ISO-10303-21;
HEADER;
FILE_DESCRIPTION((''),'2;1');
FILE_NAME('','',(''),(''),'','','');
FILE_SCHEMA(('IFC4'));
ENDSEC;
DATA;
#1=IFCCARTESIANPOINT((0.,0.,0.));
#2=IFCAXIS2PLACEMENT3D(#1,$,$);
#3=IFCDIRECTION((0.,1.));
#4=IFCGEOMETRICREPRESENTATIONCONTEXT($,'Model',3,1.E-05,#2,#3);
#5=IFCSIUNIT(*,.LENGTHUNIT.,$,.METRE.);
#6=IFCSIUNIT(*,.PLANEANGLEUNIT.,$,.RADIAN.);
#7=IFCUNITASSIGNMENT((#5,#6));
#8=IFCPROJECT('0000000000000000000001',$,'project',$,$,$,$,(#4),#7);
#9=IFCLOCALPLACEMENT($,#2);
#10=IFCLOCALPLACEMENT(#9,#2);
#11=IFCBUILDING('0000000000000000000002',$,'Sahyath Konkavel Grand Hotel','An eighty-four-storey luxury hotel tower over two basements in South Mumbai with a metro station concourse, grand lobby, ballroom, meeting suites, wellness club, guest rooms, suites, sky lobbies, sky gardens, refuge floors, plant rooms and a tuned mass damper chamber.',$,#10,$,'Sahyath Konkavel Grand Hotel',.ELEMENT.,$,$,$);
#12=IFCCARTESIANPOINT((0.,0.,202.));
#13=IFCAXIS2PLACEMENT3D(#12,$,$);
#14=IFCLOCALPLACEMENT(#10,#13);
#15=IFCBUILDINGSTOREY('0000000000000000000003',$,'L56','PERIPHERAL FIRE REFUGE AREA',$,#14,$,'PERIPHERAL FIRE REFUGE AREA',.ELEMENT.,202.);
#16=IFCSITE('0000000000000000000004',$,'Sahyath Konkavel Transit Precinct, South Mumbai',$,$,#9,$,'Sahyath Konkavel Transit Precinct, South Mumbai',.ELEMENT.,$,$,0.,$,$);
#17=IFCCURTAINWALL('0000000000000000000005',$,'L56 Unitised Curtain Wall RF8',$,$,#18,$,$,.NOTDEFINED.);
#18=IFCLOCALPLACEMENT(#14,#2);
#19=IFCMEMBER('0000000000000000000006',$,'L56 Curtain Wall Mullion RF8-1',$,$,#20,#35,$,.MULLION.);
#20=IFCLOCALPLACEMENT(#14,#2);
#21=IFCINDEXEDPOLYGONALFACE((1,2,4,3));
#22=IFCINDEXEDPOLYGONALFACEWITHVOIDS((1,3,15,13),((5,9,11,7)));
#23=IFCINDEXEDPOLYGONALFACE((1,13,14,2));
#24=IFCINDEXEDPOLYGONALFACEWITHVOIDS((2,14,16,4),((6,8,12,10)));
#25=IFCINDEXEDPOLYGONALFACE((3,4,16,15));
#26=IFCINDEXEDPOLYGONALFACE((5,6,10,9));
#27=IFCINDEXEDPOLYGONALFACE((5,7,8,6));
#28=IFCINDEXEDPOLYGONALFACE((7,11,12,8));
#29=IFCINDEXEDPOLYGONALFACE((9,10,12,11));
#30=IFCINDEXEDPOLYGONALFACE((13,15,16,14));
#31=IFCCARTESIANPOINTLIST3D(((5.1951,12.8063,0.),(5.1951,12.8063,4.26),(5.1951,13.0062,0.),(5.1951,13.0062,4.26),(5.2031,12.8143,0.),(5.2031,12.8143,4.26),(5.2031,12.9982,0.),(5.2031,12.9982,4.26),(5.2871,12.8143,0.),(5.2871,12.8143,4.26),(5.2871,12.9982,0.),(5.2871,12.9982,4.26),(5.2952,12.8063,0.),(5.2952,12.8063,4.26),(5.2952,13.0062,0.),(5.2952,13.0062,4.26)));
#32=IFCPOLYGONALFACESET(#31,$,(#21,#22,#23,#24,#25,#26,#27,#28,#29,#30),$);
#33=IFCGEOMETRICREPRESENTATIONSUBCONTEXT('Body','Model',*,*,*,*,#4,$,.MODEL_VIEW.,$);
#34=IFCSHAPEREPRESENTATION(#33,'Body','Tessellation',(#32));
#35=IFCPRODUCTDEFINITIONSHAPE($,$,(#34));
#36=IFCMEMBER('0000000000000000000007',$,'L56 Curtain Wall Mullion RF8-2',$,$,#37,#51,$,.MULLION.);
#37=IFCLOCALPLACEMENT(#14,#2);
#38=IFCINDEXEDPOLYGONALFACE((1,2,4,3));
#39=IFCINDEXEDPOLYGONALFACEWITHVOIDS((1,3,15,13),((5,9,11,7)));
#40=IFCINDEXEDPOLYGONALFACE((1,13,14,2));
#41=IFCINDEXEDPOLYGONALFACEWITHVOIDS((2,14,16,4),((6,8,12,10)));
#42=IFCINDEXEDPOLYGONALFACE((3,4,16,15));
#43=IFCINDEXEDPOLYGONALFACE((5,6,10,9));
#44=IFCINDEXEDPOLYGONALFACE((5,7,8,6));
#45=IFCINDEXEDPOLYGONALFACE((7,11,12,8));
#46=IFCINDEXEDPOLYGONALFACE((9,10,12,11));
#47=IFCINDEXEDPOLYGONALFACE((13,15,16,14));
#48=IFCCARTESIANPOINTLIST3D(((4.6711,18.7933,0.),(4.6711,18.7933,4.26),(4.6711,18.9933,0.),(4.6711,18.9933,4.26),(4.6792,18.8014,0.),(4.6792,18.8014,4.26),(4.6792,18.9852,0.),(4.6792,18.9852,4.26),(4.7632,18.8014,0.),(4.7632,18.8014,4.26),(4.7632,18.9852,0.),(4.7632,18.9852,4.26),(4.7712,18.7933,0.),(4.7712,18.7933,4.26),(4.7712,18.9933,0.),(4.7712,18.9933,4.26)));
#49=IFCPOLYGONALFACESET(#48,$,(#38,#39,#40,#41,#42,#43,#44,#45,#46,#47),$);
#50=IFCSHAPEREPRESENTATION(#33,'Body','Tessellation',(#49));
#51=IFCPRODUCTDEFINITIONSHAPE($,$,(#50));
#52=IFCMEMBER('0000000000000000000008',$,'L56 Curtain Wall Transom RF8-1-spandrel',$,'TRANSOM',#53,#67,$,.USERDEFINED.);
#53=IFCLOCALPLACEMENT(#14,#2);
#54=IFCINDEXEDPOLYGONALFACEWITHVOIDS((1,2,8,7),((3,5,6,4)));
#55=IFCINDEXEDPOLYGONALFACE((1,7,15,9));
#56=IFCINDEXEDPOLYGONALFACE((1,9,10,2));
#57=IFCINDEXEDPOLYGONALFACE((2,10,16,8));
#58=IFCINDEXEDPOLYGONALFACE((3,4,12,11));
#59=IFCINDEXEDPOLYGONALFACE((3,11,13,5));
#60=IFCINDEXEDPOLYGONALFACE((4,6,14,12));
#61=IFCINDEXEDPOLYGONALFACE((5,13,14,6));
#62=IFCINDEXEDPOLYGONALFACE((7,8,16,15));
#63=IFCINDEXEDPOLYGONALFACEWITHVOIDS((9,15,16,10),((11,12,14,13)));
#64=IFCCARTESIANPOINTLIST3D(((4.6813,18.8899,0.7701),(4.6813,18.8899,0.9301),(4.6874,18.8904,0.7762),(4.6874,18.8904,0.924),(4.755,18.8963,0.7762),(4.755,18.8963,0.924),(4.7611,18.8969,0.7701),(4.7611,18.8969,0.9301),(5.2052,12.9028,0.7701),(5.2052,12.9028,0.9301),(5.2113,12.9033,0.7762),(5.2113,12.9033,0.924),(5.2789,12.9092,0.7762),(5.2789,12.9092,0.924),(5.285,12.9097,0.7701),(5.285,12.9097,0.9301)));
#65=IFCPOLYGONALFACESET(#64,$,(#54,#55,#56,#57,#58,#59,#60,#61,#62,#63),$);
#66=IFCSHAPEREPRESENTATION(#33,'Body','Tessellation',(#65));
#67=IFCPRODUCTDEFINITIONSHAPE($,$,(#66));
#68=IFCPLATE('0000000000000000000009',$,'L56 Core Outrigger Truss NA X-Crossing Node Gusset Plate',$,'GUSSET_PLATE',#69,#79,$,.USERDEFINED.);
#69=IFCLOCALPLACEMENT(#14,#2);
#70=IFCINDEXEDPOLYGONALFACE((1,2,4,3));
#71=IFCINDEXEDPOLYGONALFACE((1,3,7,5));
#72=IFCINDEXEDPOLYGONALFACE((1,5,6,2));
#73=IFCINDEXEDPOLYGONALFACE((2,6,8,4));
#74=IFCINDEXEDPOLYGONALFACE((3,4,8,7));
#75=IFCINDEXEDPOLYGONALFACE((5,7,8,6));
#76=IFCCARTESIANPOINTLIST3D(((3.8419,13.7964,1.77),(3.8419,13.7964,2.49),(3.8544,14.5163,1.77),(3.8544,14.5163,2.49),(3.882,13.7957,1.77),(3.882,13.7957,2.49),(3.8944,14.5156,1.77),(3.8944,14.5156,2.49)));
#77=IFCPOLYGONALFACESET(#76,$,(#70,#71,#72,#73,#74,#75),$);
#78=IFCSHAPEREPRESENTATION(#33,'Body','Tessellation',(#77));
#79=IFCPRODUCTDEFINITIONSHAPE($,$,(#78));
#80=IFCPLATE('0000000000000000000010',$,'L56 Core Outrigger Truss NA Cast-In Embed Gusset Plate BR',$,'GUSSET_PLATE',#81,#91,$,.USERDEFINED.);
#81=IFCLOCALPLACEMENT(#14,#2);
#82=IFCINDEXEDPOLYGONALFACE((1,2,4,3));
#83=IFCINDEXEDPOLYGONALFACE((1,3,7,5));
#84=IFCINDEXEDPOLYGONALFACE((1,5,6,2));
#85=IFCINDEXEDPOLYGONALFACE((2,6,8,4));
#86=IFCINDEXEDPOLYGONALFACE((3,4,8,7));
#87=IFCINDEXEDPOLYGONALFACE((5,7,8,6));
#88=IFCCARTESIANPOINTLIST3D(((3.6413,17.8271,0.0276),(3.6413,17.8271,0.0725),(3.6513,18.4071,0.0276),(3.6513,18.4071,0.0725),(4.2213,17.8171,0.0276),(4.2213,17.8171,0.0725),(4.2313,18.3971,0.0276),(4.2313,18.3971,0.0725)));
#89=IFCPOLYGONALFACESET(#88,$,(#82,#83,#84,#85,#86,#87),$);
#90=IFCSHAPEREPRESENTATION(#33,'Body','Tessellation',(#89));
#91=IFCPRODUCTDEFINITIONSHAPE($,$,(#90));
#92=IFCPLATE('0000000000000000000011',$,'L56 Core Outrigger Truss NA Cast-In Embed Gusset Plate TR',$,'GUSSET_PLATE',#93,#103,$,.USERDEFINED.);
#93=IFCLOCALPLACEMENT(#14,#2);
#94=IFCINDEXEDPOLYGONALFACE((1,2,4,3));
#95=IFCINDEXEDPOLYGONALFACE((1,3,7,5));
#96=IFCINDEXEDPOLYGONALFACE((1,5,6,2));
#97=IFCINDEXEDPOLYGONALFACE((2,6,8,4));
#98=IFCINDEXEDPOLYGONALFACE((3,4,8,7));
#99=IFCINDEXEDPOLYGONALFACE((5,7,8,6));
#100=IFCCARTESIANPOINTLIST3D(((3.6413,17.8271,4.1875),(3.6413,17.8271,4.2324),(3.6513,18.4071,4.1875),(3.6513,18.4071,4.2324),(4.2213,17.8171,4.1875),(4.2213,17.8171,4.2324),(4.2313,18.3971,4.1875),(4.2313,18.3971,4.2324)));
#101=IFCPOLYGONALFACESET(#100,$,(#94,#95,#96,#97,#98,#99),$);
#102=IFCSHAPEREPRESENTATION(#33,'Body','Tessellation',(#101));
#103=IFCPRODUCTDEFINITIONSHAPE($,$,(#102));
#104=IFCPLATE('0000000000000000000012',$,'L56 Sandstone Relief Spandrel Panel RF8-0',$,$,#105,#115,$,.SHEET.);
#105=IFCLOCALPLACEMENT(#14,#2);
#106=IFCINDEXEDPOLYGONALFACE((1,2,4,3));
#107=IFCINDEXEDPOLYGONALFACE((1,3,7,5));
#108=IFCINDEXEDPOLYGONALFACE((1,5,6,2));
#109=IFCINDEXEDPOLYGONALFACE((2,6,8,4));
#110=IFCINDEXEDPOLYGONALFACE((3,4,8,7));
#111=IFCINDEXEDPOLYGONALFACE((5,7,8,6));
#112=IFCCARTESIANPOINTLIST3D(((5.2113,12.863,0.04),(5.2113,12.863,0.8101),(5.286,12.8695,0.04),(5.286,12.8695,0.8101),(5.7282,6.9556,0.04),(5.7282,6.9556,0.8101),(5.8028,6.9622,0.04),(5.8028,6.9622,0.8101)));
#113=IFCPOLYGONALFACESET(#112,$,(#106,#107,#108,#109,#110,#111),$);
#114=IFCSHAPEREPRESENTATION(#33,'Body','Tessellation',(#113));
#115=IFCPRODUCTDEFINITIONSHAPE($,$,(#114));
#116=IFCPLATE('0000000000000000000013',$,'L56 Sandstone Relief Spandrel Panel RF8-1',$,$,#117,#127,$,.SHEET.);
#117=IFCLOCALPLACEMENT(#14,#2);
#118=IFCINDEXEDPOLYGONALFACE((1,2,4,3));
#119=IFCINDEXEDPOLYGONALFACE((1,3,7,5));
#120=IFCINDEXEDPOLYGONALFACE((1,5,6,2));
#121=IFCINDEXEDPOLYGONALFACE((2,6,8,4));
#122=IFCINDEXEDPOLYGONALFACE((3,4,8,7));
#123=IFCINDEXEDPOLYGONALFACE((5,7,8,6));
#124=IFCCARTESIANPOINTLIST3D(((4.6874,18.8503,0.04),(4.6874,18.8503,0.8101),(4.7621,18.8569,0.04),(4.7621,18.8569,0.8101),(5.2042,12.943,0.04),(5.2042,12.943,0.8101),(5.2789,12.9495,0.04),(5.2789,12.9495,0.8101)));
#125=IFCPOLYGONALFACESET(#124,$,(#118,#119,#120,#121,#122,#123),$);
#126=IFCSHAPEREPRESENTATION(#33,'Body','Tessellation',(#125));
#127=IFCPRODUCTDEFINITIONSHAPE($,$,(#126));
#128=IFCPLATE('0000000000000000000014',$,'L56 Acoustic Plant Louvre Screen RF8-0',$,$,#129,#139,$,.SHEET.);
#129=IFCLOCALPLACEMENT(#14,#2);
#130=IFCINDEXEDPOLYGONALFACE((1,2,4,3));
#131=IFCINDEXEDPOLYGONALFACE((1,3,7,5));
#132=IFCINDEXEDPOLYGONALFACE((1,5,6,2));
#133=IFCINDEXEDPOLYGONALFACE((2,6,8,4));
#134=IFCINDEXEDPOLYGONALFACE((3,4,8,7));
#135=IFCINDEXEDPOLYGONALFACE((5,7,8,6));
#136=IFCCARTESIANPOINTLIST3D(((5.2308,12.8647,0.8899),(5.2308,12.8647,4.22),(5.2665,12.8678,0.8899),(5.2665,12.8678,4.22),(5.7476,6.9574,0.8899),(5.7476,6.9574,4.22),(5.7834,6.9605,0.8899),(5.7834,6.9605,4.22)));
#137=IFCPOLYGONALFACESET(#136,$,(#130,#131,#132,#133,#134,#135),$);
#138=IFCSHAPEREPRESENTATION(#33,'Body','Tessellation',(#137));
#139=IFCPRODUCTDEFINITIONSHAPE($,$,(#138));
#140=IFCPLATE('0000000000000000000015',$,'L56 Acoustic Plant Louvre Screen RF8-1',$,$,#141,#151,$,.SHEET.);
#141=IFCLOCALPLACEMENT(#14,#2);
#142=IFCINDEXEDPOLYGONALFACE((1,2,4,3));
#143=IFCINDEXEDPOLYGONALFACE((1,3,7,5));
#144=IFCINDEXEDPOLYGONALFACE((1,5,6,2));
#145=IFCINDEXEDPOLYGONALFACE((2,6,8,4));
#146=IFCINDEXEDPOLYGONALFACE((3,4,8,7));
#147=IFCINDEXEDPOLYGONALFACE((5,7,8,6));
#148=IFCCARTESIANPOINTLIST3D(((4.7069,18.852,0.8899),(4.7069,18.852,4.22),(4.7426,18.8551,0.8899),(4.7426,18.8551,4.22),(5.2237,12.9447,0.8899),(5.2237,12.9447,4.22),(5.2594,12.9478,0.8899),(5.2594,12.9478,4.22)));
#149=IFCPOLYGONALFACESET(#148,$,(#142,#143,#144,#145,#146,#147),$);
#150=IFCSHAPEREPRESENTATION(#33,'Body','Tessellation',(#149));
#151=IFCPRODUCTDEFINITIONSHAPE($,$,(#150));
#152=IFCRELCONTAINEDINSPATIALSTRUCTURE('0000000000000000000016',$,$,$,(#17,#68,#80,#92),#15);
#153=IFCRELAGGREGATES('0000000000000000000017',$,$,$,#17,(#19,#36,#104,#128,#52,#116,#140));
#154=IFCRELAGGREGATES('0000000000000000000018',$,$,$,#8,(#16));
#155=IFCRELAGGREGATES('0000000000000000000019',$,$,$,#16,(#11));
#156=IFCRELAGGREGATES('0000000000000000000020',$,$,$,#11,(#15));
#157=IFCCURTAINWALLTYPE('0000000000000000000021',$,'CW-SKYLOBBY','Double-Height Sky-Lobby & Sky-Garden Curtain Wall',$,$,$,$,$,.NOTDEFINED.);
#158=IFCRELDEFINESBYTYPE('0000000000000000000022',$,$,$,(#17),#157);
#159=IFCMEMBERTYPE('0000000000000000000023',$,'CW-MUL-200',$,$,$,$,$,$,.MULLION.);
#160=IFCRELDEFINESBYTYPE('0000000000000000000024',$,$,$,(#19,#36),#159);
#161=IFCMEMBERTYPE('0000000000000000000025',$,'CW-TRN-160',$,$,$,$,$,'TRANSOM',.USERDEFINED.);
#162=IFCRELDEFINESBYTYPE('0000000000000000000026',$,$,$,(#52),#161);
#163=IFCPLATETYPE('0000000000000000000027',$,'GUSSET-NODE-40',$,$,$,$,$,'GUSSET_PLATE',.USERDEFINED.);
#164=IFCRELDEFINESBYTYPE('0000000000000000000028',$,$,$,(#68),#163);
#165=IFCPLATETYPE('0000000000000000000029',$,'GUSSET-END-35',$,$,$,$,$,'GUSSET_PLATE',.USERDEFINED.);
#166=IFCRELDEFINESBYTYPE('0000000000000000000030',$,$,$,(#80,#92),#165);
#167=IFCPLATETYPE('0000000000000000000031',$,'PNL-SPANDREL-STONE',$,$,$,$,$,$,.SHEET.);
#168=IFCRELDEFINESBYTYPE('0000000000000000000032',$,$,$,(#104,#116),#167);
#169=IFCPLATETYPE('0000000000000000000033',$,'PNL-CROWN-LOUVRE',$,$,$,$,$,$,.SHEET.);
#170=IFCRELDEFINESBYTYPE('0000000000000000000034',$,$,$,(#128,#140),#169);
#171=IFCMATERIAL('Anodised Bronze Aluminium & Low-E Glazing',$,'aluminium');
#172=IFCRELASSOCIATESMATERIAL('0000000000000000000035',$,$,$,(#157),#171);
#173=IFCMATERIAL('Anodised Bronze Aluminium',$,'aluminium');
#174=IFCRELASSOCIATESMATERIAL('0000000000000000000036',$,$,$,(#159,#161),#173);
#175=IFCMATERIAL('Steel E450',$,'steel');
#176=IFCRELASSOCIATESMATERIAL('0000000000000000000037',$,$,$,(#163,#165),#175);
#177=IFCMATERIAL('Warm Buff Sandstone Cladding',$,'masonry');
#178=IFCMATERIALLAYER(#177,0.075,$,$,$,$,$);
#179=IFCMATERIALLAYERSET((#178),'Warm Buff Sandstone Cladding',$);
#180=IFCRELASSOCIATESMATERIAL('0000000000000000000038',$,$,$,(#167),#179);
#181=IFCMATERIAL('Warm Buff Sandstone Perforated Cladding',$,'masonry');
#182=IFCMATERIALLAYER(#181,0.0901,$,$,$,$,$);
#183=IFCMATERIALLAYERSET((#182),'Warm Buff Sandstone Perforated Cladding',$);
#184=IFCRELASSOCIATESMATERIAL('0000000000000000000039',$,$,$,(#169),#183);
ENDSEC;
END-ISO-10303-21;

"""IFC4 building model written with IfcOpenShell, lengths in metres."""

from ifc_helpers import new_model, si_unit, direction, frame, origin, origin_2d, place, context, subcontext, project, spatial, rectangle, hollow_rectangle, extrude, source, transform, mapped, material, layer, layer_set, material_profile, profile_set, type_object, element, aggregate, save


model = new_model("IFC4")

# Units and contexts
model_context = context("Model", 3, precision=1e-05, world=origin(), true_north=direction((0.0, 1.0)))
body_context = subcontext(model_context, "Body", "Model", "MODEL_VIEW")
ifc_project = project(units=[si_unit("LENGTHUNIT", "METRE"), si_unit("PLANEANGLEUNIT", "RADIAN")], contexts=[model_context])

# Site, building, storey
site_placement = place(None, origin())
site = spatial("IfcSite", under=ifc_project, at=site_placement, Name="Sahyath Konkavel Transit Precinct, South Mumbai", LongName="Sahyath Konkavel Transit Precinct, South Mumbai", CompositionType="ELEMENT", RefElevation=0.0)
building_placement = place(site_placement, origin())
building = spatial("IfcBuilding", under=site, at=building_placement, Name="Sahyath Konkavel Grand Hotel", Description="An eighty-four-storey luxury hotel tower over two basements in South Mumbai with a metro station concourse, grand lobby, ballroom, meeting suites, wellness club, guest rooms, suites, sky lobbies, sky gardens, refuge floors, plant rooms and a tuned mass damper chamber.", LongName="Sahyath Konkavel Grand Hotel", CompositionType="ELEMENT")
storey_placement = place(building_placement, frame((0.0, 0.0, 202.0)))
storey = spatial("IfcBuildingStorey", under=building, at=storey_placement, Name="L56", Description="PERIPHERAL FIRE REFUGE AREA", LongName="PERIPHERAL FIRE REFUGE AREA", CompositionType="ELEMENT", Elevation=202.0)

# Shared definitions
ifc_material_1 = material(Name="Steel E450", Category="steel")

# Curtain wall, members
ifc_material_2 = material(Name="Anodised Bronze Aluminium & Low-E Glazing", Category="aluminium")
curtain_wall_type = type_object("IfcCurtainWallType", Name="CW-SKYLOBBY", Description="Double-Height Sky-Lobby & Sky-Garden Curtain Wall", PredefinedType="NOTDEFINED", material=ifc_material_2)
curtain_wall_placement = place(storey_placement, origin())
curtain_wall = element("IfcCurtainWall", 1, at=curtain_wall_placement, inside=storey, type_object=curtain_wall_type, Name="L56 Unitised Curtain Wall RF8", PredefinedType="NOTDEFINED")
ifc_material_3 = material(Name="Anodised Bronze Aluminium", Category="aluminium")
ifc_material_profile_1 = material_profile(ifc_material_3, hollow_rectangle(XDim=0.1001, YDim=0.2, WallThickness=0.0081, at=origin_2d()), Name="RHS 200x100x8")
ifc_profile_set_1 = profile_set([ifc_material_profile_1], Name="Anodised Bronze Aluminium")
member_type_1 = type_object("IfcMemberType", Name="CW-MUL-200", PredefinedType="MULLION", material=ifc_profile_set_1)
shared_shape_1 = source(origin(), body_context, "Body", "SweptSolid", [
    extrude(hollow_rectangle(XDim=0.1001, YDim=0.2, WallThickness=0.0081, at=origin_2d()), origin(), (0.0, 0.0, 1.0), 4.26),
])
member_1_placement = place(storey_placement, frame((5.2451, 12.9062, 0.0), z_axis=(0.0, 0.0, 1.0), x_axis=(1.0, 0.0, 0.0)))
member_1 = element("IfcMember", 2, at=member_1_placement, type_object=member_type_1, Name="L56 Curtain Wall Mullion RF8-1", PredefinedType="MULLION", context=body_context, shape_type="MappedRepresentation", body=[
    mapped(shared_shape_1, transform((0.0, 0.0, 0.0), scale=1.0)),
])
member_2_placement = place(storey_placement, frame((4.7212, 18.8933, 0.0), z_axis=(0.0, 0.0, 1.0), x_axis=(1.0, 0.0, 0.0)))
member_2 = element("IfcMember", 3, at=member_2_placement, type_object=member_type_1, Name="L56 Curtain Wall Mullion RF8-2", PredefinedType="MULLION", context=body_context, shape_type="MappedRepresentation", body=[
    mapped(shared_shape_1, transform((0.0, 0.0, 0.0), scale=1.0)),
])
ifc_material_profile_2 = material_profile(ifc_material_3, hollow_rectangle(XDim=0.0801, YDim=0.1599, WallThickness=0.0061, at=origin_2d()), Name="RHS 160x80x6")
ifc_profile_set_2 = profile_set([ifc_material_profile_2], Name="Anodised Bronze Aluminium")
member_type_2 = type_object("IfcMemberType", Name="CW-TRN-160", ElementType="TRANSOM", PredefinedType="USERDEFINED", material=ifc_profile_set_2)
shared_shape_2 = source(origin(), body_context, "Body", "SweptSolid", [
    extrude(hollow_rectangle(XDim=0.0801, YDim=0.1599, WallThickness=0.0061, at=origin_2d()), origin(), (0.0, 0.0, 1.0), 6.01),
])
member_3_placement = place(storey_placement, frame((5.2451, 12.9062, 0.8501), z_axis=(-0.087177, 0.996193, 0.0), x_axis=(-0.996193, -0.087177, 0.0)))
member_3 = element("IfcMember", 4, at=member_3_placement, type_object=member_type_2, Name="L56 Curtain Wall Transom RF8-1-spandrel", ObjectType="TRANSOM", PredefinedType="USERDEFINED", context=body_context, shape_type="MappedRepresentation", body=[
    mapped(shared_shape_2, transform((0.0, 0.0, 0.0), scale=1.0)),
])

# Plates
plate_type_1 = type_object("IfcPlateType", Name="GUSSET-NODE-40", ElementType="GUSSET_PLATE", PredefinedType="USERDEFINED", material=ifc_material_1)
shared_shape_3 = source(origin(), body_context, "Body", "SweptSolid", [
    extrude(rectangle(XDim=0.72, YDim=0.04, at=origin_2d()), origin(), (0.0, 0.0, 1.0), 0.72),
])
plate_1_placement = place(storey_placement, frame((3.8682, 14.156, 1.77), z_axis=(0.0, 0.0, 1.0), x_axis=(0.017243, 0.999851, 0.0)))
element("IfcPlate", 5, at=plate_1_placement, inside=storey, type_object=plate_type_1, Name="L56 Core Outrigger Truss NA X-Crossing Node Gusset Plate", ObjectType="GUSSET_PLATE", PredefinedType="USERDEFINED", context=body_context, shape_type="MappedRepresentation", body=[
    mapped(shared_shape_3, transform((0.0, 0.0, 0.0), scale=1.0)),
])
plate_type_2 = type_object("IfcPlateType", Name="GUSSET-END-35", ElementType="GUSSET_PLATE", PredefinedType="USERDEFINED", material=ifc_material_1)
shared_shape_4 = source(origin(), body_context, "Body", "SweptSolid", [
    extrude(rectangle(XDim=0.5801, YDim=0.5801, at=origin_2d()), origin(), (0.0, 0.0, 1.0), 0.0449),
])
for number, where, z_axis, x_axis, name in (
    (6, (3.9363, 18.1121, 0.0276), (0.0, 0.0, 1.0), (0.017243, 0.999851, 0.0), "L56 Core Outrigger Truss NA Cast-In Embed Gusset Plate BR"),
    (7, (3.9363, 18.1121, 4.1875), (0.0, 0.0, 1.0), (0.017243, 0.999851, 0.0), "L56 Core Outrigger Truss NA Cast-In Embed Gusset Plate TR"),
):
    element("IfcPlate", number, at=place(storey_placement, frame(where, z_axis=z_axis, x_axis=x_axis)), inside=storey, type_object=plate_type_2, Name=name, ObjectType="GUSSET_PLATE", PredefinedType="USERDEFINED", context=body_context, shape_type="MappedRepresentation", body=[
        mapped(shared_shape_4, transform((0.0, 0.0, 0.0), scale=1.0)),
    ])

# Plates
ifc_material_4 = material(Name="Warm Buff Sandstone Cladding", Category="masonry")
ifc_layer_1 = layer(ifc_material_4, 0.075)
ifc_layer_set_1 = layer_set([ifc_layer_1], Name="Warm Buff Sandstone Cladding")
plate_type_3 = type_object("IfcPlateType", Name="PNL-SPANDREL-STONE", PredefinedType="SHEET", material=ifc_layer_set_1)
shared_shape_5 = source(origin(), body_context, "Body", "SweptSolid", [
    extrude(rectangle(XDim=5.9299, YDim=0.075, at=origin_2d()), origin(), (0.0, 0.0, 1.0), 0.77),
])
plate_2_placement = place(storey_placement, frame((5.5071, 9.9126, 0.04), z_axis=(0.0, 0.0, 1.0), x_axis=(-0.087156, 0.996195, 0.0)))
plate_2 = element("IfcPlate", 8, at=plate_2_placement, type_object=plate_type_3, Name="L56 Sandstone Relief Spandrel Panel RF8-0", PredefinedType="SHEET", context=body_context, shape_type="MappedRepresentation", body=[
    mapped(shared_shape_5, transform((0.0, 0.0, 0.0), scale=1.0)),
])
plate_3_placement = place(storey_placement, frame((4.9832, 15.8999, 0.04), z_axis=(0.0, 0.0, 1.0), x_axis=(-0.087156, 0.996195, 0.0)))
plate_3 = element("IfcPlate", 9, at=plate_3_placement, type_object=plate_type_3, Name="L56 Sandstone Relief Spandrel Panel RF8-1", PredefinedType="SHEET", context=body_context, shape_type="MappedRepresentation", body=[
    mapped(shared_shape_5, transform((0.0, 0.0, 0.0), scale=1.0)),
])
ifc_material_5 = material(Name="Warm Buff Sandstone Perforated Cladding", Category="masonry")
ifc_layer_2 = layer(ifc_material_5, 0.0901)
ifc_layer_set_2 = layer_set([ifc_layer_2], Name="Warm Buff Sandstone Perforated Cladding")
plate_type_4 = type_object("IfcPlateType", Name="PNL-CROWN-LOUVRE", PredefinedType="SHEET", material=ifc_layer_set_2)
shared_shape_6 = source(origin(), body_context, "Body", "SweptSolid", [
    extrude(rectangle(XDim=5.9299, YDim=0.0359, at=origin_2d()), origin(), (0.0, 0.0, 1.0), 3.3301),
])
plate_4_placement = place(storey_placement, frame((5.5071, 9.9126, 0.8899), z_axis=(0.0, 0.0, 1.0), x_axis=(-0.087156, 0.996195, 0.0)))
plate_4 = element("IfcPlate", 10, at=plate_4_placement, type_object=plate_type_4, Name="L56 Acoustic Plant Louvre Screen RF8-0", PredefinedType="SHEET", context=body_context, shape_type="MappedRepresentation", body=[
    mapped(shared_shape_6, transform((0.0, 0.0, 0.0), scale=1.0)),
])
plate_5_placement = place(storey_placement, frame((4.9832, 15.8999, 0.8899), z_axis=(0.0, 0.0, 1.0), x_axis=(-0.087156, 0.996195, 0.0)))
plate_5 = element("IfcPlate", 11, at=plate_5_placement, type_object=plate_type_4, Name="L56 Acoustic Plant Louvre Screen RF8-1", PredefinedType="SHEET", context=body_context, shape_type="MappedRepresentation", body=[
    mapped(shared_shape_6, transform((0.0, 0.0, 0.0), scale=1.0)),
])
aggregate(curtain_wall, [member_1, member_2, plate_2, plate_4, member_3, plate_3, plate_5])

save(model, "model.ifc")
